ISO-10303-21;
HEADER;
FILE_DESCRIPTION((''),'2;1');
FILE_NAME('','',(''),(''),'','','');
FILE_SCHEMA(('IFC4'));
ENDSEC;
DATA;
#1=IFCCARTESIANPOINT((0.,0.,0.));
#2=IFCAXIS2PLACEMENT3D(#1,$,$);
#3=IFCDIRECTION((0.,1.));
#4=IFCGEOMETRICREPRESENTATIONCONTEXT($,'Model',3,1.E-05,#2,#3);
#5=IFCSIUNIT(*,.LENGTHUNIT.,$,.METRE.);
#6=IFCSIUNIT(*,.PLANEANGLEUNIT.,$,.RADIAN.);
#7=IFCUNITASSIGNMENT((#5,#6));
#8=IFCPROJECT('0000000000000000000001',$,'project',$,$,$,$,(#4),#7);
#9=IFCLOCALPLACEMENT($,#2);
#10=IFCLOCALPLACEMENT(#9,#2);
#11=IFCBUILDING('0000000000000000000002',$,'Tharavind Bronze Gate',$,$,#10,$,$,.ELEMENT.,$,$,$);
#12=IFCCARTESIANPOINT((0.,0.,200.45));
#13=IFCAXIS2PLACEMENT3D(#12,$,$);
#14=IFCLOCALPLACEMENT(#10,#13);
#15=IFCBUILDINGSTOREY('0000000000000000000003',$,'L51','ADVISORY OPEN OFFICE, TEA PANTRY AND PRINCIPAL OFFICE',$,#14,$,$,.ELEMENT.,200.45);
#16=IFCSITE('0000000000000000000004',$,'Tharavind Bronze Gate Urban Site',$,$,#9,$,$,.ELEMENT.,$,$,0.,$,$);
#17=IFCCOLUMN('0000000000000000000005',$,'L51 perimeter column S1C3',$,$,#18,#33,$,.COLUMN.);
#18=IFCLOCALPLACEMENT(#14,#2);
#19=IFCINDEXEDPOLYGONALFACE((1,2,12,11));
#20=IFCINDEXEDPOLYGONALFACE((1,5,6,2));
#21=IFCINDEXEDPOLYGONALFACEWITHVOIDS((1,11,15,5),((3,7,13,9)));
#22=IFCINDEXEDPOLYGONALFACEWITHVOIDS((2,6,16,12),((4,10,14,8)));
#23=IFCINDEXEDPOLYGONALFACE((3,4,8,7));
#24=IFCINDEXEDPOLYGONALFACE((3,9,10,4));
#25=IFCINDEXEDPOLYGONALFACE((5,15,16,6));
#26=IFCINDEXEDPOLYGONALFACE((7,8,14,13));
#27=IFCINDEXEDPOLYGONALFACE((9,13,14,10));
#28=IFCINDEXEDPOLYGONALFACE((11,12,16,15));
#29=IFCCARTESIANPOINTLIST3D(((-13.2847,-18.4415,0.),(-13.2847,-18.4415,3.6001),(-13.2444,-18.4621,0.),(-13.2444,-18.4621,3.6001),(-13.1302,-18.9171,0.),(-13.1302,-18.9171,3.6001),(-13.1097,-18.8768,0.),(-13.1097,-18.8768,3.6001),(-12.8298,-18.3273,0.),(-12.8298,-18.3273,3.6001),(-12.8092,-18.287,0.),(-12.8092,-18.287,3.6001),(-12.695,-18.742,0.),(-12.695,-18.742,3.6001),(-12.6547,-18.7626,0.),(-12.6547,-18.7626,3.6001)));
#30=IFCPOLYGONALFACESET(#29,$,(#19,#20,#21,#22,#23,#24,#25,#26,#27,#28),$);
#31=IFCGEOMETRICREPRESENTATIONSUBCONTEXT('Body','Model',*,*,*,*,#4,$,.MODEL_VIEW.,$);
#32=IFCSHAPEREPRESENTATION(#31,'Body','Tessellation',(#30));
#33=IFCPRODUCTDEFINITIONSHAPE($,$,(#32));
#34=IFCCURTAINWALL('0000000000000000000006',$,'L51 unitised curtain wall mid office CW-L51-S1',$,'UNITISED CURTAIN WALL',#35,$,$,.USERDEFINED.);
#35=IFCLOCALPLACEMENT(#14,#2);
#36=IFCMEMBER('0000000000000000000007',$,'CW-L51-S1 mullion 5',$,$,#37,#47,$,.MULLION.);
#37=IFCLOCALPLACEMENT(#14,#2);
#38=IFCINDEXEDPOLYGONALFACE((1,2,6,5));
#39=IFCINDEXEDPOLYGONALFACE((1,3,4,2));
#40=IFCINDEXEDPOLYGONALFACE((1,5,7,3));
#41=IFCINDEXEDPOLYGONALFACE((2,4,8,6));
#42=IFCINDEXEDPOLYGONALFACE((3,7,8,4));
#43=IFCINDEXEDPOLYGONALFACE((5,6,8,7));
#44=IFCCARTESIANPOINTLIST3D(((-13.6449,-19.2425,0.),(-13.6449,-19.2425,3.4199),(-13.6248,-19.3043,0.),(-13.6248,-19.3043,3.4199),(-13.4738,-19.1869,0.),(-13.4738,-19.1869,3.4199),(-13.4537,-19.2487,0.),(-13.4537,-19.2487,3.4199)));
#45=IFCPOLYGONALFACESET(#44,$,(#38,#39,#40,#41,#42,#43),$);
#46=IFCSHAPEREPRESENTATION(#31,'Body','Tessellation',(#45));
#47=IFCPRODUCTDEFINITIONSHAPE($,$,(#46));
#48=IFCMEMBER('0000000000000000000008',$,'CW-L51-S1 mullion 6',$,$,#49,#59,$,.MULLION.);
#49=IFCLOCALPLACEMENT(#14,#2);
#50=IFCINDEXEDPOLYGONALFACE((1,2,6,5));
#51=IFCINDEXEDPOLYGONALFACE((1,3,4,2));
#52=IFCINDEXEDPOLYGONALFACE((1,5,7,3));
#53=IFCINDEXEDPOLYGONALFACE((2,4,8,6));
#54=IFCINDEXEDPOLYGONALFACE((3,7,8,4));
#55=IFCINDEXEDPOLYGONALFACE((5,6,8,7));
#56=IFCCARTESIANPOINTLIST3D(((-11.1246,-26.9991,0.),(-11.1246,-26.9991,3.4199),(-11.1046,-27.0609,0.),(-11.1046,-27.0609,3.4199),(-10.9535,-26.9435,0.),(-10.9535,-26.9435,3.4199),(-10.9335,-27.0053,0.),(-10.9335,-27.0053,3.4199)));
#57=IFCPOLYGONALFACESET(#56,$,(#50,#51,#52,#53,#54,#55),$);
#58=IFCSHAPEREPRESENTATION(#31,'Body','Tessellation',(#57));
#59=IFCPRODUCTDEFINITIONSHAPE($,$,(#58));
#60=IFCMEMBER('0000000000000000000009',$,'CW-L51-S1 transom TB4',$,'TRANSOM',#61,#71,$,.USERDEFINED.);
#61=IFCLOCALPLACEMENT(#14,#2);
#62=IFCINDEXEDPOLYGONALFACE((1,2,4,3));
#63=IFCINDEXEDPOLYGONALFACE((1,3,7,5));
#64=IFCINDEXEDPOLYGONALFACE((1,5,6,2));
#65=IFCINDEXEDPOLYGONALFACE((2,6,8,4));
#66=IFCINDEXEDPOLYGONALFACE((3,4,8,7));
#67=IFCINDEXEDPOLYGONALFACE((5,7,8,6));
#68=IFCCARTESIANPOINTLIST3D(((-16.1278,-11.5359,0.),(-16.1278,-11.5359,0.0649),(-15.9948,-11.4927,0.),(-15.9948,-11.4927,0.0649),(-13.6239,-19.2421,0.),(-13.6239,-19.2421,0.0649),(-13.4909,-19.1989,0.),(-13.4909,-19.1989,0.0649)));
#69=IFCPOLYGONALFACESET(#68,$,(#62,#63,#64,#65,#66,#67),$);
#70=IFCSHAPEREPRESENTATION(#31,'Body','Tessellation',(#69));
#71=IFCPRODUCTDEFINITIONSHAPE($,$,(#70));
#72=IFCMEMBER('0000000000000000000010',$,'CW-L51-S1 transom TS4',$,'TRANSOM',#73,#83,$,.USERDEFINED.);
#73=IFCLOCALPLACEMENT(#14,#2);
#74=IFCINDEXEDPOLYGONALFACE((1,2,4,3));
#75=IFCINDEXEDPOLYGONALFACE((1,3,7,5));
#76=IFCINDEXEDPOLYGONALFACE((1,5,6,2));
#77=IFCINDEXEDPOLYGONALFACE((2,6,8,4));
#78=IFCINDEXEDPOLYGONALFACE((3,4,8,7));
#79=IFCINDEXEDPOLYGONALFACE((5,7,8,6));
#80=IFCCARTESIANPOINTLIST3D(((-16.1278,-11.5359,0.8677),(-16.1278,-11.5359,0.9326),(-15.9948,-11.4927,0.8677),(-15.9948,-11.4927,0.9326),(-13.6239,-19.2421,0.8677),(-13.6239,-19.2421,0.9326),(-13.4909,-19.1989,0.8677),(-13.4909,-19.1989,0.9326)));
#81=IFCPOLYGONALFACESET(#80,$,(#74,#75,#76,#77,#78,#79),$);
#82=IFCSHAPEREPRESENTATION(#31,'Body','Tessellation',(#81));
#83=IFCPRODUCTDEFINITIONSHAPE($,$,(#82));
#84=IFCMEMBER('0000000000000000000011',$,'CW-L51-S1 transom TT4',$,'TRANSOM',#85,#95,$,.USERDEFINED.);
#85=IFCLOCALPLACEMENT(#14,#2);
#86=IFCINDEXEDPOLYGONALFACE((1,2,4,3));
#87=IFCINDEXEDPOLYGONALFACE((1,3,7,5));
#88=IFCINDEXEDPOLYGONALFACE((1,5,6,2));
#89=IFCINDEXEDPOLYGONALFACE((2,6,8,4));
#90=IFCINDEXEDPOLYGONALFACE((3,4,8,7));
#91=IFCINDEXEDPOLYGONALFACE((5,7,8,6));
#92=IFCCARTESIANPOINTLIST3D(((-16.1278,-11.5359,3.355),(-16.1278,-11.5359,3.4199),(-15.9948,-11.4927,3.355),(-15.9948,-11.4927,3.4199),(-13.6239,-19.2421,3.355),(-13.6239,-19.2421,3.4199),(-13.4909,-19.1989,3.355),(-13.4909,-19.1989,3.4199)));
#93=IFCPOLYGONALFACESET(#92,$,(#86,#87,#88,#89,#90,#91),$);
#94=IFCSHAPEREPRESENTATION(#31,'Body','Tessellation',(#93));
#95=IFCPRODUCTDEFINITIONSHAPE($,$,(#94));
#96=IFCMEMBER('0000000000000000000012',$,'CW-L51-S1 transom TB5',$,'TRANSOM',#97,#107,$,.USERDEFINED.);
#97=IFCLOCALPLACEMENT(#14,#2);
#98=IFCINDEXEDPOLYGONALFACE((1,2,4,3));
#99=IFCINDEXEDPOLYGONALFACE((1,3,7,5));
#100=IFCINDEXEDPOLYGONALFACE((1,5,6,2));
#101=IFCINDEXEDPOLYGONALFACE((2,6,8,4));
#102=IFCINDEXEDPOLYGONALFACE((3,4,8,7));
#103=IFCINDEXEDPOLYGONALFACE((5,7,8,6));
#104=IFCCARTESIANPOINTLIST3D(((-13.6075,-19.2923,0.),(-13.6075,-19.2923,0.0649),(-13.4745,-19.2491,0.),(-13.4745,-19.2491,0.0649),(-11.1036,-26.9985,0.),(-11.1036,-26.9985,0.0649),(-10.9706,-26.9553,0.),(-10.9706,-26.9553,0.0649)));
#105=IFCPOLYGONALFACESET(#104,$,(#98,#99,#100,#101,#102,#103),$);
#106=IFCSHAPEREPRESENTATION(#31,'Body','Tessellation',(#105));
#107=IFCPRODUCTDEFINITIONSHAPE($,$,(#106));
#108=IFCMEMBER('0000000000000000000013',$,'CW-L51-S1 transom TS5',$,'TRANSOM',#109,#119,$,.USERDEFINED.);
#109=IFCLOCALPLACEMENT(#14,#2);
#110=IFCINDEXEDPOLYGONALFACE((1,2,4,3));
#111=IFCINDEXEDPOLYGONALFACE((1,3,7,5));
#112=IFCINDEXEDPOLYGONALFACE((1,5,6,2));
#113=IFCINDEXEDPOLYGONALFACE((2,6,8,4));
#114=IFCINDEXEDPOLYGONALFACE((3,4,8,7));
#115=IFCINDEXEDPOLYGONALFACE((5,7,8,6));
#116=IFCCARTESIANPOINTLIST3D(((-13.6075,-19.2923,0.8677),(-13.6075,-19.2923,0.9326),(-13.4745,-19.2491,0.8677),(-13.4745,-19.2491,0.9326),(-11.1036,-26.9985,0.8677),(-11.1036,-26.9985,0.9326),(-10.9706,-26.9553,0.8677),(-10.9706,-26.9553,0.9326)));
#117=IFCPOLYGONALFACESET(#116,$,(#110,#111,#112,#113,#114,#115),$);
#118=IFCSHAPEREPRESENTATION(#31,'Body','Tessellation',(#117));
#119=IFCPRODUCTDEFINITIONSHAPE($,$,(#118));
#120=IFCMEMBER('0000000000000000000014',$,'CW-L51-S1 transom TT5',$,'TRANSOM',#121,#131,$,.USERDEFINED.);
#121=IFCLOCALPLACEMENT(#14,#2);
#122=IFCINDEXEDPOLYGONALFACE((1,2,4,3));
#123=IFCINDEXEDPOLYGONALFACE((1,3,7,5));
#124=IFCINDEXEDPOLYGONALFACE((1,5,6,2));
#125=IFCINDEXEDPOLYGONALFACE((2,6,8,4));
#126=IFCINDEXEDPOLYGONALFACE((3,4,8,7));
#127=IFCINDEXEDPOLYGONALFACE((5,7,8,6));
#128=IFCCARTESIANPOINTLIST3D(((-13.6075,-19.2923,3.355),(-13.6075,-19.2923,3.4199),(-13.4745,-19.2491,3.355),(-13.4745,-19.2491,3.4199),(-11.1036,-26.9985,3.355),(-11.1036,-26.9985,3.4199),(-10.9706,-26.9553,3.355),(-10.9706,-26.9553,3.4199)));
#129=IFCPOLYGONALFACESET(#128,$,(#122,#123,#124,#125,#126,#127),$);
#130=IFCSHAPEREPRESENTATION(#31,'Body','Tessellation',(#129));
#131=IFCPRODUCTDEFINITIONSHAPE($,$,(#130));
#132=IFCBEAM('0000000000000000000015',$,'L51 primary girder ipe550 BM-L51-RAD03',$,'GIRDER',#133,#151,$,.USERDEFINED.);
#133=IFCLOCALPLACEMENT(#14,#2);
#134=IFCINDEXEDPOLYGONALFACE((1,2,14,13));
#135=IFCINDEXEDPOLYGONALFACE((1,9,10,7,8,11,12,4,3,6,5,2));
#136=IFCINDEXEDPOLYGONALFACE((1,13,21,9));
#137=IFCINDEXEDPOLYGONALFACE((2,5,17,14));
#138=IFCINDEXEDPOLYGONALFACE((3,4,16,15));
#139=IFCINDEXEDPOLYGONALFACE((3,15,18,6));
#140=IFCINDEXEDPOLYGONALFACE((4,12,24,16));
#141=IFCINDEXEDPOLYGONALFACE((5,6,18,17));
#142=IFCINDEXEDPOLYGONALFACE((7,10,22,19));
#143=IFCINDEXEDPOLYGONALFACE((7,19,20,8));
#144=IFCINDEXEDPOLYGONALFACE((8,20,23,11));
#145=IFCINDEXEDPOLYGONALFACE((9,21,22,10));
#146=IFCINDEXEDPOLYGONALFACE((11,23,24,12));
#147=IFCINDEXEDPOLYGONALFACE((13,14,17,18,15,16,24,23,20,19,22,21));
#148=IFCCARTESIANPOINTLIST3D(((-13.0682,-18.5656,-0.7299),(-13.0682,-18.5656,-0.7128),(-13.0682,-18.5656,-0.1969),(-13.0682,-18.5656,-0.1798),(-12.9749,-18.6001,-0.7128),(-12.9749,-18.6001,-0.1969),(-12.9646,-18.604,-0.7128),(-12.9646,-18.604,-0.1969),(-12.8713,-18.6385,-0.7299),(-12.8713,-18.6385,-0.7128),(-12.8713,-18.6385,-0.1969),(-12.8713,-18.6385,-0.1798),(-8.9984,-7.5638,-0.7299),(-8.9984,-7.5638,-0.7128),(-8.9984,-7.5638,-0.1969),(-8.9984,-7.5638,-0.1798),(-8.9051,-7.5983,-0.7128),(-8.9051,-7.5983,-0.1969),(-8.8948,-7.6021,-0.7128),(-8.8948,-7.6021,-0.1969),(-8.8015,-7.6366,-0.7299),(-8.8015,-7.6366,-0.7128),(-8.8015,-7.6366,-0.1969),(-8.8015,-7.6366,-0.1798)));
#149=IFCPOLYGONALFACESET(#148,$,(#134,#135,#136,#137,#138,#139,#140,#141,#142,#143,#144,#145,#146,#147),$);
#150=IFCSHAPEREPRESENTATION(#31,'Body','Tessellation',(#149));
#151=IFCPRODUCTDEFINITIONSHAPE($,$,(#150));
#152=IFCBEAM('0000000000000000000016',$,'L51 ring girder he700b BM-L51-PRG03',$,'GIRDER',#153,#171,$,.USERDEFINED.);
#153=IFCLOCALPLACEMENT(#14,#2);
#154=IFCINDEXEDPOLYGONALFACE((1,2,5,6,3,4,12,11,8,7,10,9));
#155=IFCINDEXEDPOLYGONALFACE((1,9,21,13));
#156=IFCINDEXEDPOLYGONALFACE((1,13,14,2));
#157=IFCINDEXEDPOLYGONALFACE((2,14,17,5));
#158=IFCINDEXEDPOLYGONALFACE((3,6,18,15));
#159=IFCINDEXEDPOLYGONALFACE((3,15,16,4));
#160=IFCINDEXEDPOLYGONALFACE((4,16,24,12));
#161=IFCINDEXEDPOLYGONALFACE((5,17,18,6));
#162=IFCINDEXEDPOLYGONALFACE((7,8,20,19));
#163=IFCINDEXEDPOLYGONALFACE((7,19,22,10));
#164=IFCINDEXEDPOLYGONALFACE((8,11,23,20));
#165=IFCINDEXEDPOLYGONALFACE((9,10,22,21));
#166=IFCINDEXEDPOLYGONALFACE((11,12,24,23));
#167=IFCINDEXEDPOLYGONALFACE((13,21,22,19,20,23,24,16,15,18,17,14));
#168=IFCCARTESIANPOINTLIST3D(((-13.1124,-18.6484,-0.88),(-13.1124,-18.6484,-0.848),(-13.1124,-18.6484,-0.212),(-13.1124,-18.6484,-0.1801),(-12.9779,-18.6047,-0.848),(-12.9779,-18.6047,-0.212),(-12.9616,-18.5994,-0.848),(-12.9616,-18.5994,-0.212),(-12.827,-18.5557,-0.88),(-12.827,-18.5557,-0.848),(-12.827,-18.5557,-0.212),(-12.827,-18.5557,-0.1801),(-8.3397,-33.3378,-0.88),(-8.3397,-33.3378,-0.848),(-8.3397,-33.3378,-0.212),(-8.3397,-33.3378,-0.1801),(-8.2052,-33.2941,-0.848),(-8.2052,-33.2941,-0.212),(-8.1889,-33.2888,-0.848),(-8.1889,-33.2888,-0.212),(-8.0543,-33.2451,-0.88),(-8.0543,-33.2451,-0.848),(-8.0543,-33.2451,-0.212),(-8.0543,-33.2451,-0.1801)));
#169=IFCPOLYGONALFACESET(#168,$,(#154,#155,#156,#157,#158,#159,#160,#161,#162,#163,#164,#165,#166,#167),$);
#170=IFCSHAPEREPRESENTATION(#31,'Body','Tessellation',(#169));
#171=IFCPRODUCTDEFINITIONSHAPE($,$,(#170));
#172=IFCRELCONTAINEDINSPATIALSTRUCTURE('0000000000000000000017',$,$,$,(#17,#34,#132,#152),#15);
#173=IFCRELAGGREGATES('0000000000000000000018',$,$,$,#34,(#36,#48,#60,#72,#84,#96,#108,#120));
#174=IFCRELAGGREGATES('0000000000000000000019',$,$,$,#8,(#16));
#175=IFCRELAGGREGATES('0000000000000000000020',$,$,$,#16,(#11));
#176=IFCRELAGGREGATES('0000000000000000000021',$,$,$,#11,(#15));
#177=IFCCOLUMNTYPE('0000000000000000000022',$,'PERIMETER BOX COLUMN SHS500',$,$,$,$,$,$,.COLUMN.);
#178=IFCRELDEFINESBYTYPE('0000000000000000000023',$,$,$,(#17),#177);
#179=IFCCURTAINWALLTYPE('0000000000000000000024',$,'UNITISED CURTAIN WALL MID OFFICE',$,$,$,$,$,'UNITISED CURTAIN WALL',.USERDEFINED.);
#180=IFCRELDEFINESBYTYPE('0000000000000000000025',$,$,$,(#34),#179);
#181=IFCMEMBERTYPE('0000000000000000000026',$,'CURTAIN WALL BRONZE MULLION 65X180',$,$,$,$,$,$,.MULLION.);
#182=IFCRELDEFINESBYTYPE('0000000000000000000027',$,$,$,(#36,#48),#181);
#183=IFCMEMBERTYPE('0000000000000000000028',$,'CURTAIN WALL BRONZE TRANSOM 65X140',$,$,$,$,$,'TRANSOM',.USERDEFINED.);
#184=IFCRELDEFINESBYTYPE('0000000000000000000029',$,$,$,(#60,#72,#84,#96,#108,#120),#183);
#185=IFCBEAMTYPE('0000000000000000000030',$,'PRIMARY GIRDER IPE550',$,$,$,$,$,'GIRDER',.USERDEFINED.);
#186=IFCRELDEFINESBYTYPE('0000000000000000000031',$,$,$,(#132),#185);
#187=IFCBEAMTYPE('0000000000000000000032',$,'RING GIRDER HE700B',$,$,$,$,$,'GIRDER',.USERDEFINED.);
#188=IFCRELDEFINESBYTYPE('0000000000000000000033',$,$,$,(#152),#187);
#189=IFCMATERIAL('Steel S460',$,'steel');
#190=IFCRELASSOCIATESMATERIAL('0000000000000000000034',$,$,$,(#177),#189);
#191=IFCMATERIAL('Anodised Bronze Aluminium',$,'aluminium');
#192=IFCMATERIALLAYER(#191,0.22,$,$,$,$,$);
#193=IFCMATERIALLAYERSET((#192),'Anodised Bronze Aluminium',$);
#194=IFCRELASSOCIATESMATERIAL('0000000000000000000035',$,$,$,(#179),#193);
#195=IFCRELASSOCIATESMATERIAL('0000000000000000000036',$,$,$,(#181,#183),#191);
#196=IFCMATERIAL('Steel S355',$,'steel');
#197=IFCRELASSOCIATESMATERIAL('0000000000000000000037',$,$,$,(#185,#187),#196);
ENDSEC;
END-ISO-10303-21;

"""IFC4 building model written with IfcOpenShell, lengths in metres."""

from ifc_helpers import new_model, si_unit, direction, frame, origin, origin_2d, place, context, subcontext, project, spatial, rectangle, hollow_rectangle, i_section, extrude, material, layer, layer_set, material_profile, profile_set, type_object, element, aggregate, save


model = new_model("IFC4")

# Units and contexts
model_context = context("Model", 3, precision=1e-05, world=origin(), true_north=direction((0.0, 1.0)))
body_context = subcontext(model_context, "Body", "Model", "MODEL_VIEW")
ifc_project = project(units=[si_unit("LENGTHUNIT", "METRE"), si_unit("PLANEANGLEUNIT", "RADIAN")], contexts=[model_context])

# Site, building, storey
site_placement = place(None, origin())
site = spatial("IfcSite", under=ifc_project, at=site_placement, Name="Tharavind Bronze Gate Urban Site", CompositionType="ELEMENT", RefElevation=0.0)
building_placement = place(site_placement, origin())
building = spatial("IfcBuilding", under=site, at=building_placement, Name="Tharavind Bronze Gate", CompositionType="ELEMENT")
storey_placement = place(building_placement, frame((0.0, 0.0, 200.45)))
storey = spatial("IfcBuildingStorey", under=building, at=storey_placement, Name="L51", Description="ADVISORY OPEN OFFICE, TEA PANTRY AND PRINCIPAL OFFICE", CompositionType="ELEMENT", Elevation=200.45)

# Column
ifc_material_1 = material(Name="Steel S460", Category="steel")
ifc_material_profile_1 = material_profile(ifc_material_1, hollow_rectangle(XDim=0.5, YDim=0.5, WallThickness=0.032, at=origin_2d()), Name="SHS500X32")
ifc_profile_set_1 = profile_set([ifc_material_profile_1], Name="Steel S460")
column_type = type_object("IfcColumnType", Name="PERIMETER BOX COLUMN SHS500", PredefinedType="COLUMN", material=ifc_profile_set_1)
column_placement = place(storey_placement, frame((-12.9697, -18.6021, 0.0), z_axis=(0.0, 0.0, 1.0), x_axis=(-0.309017, 0.951057, 0.0)))
element("IfcColumn", 1, at=column_placement, inside=storey, type_object=column_type, Name="L51 perimeter column S1C3", PredefinedType="COLUMN", context=body_context, shape_type="SweptSolid", body=[
    extrude(hollow_rectangle(XDim=0.5, YDim=0.5, WallThickness=0.032, at=origin_2d()), origin(), (0.0, 0.0, 1.0), 3.6001),
])

# Curtain wall, members
ifc_material_2 = material(Name="Anodised Bronze Aluminium", Category="aluminium")
ifc_layer_1 = layer(ifc_material_2, 0.22)
ifc_layer_set_1 = layer_set([ifc_layer_1], Name="Anodised Bronze Aluminium")
curtain_wall_type = type_object("IfcCurtainWallType", Name="UNITISED CURTAIN WALL MID OFFICE", ElementType="UNITISED CURTAIN WALL", PredefinedType="USERDEFINED", material=ifc_layer_set_1)
curtain_wall_placement = place(storey_placement, origin())
curtain_wall = element("IfcCurtainWall", 2, at=curtain_wall_placement, inside=storey, type_object=curtain_wall_type, Name="L51 unitised curtain wall mid office CW-L51-S1", ObjectType="UNITISED CURTAIN WALL", PredefinedType="USERDEFINED")
member_type_1 = type_object("IfcMemberType", Name="CURTAIN WALL BRONZE MULLION 65X180", PredefinedType="MULLION", material=ifc_material_2)
member_1_placement = place(storey_placement, frame((-13.5493, -19.2456, 0.0), z_axis=(0.0, 0.0, 1.0), x_axis=(0.309017, -0.951057, 0.0)))
member_1 = element("IfcMember", 3, at=member_1_placement, type_object=member_type_1, Name="CW-L51-S1 mullion 5", PredefinedType="MULLION", context=body_context, shape_type="SweptSolid", body=[
    extrude(rectangle(XDim=0.0649, YDim=0.1799, at=origin_2d()), origin(), (0.0, 0.0, 1.0), 3.4199),
])
member_2_placement = place(storey_placement, frame((-11.0291, -27.0022, 0.0), z_axis=(0.0, 0.0, 1.0), x_axis=(0.309017, -0.951057, 0.0)))
member_2 = element("IfcMember", 4, at=member_2_placement, type_object=member_type_1, Name="CW-L51-S1 mullion 6", PredefinedType="MULLION", context=body_context, shape_type="SweptSolid", body=[
    extrude(rectangle(XDim=0.0649, YDim=0.1799, at=origin_2d()), origin(), (0.0, 0.0, 1.0), 3.4199),
])
member_type_2 = type_object("IfcMemberType", Name="CURTAIN WALL BRONZE TRANSOM 65X140", ElementType="TRANSOM", PredefinedType="USERDEFINED", material=ifc_material_2)
member_3_placement = place(storey_placement, frame((-14.8093, -15.3674, 0.0), z_axis=(0.0, 0.0, 1.0), x_axis=(0.309017, -0.951057, 0.0)))
member_3 = element("IfcMember", 5, at=member_3_placement, type_object=member_type_2, Name="CW-L51-S1 transom TB4", ObjectType="TRANSOM", PredefinedType="USERDEFINED", context=body_context, shape_type="SweptSolid", body=[
    extrude(rectangle(XDim=8.1028, YDim=0.1399, at=origin_2d()), origin(), (0.0, 0.0, 1.0), 0.0649),
])
member_4_placement = place(storey_placement, frame((-14.8093, -15.3674, 0.8677), z_axis=(0.0, 0.0, 1.0), x_axis=(0.309017, -0.951057, 0.0)))
member_4 = element("IfcMember", 6, at=member_4_placement, type_object=member_type_2, Name="CW-L51-S1 transom TS4", ObjectType="TRANSOM", PredefinedType="USERDEFINED", context=body_context, shape_type="SweptSolid", body=[
    extrude(rectangle(XDim=8.1028, YDim=0.1399, at=origin_2d()), origin(), (0.0, 0.0, 1.0), 0.0649),
])
member_5_placement = place(storey_placement, frame((-14.8093, -15.3674, 3.355), z_axis=(0.0, 0.0, 1.0), x_axis=(0.309017, -0.951057, 0.0)))
member_5 = element("IfcMember", 7, at=member_5_placement, type_object=member_type_2, Name="CW-L51-S1 transom TT4", ObjectType="TRANSOM", PredefinedType="USERDEFINED", context=body_context, shape_type="SweptSolid", body=[
    extrude(rectangle(XDim=8.1028, YDim=0.1399, at=origin_2d()), origin(), (0.0, 0.0, 1.0), 0.0649),
])
member_6_placement = place(storey_placement, frame((-12.2891, -23.1238, 0.0), z_axis=(0.0, 0.0, 1.0), x_axis=(0.309017, -0.951057, 0.0)))
member_6 = element("IfcMember", 8, at=member_6_placement, type_object=member_type_2, Name="CW-L51-S1 transom TB5", ObjectType="TRANSOM", PredefinedType="USERDEFINED", context=body_context, shape_type="SweptSolid", body=[
    extrude(rectangle(XDim=8.1028, YDim=0.1399, at=origin_2d()), origin(), (0.0, 0.0, 1.0), 0.0649),
])
member_7_placement = place(storey_placement, frame((-12.2891, -23.1238, 0.8677), z_axis=(0.0, 0.0, 1.0), x_axis=(0.309017, -0.951057, 0.0)))
member_7 = element("IfcMember", 9, at=member_7_placement, type_object=member_type_2, Name="CW-L51-S1 transom TS5", ObjectType="TRANSOM", PredefinedType="USERDEFINED", context=body_context, shape_type="SweptSolid", body=[
    extrude(rectangle(XDim=8.1028, YDim=0.1399, at=origin_2d()), origin(), (0.0, 0.0, 1.0), 0.0649),
])
member_8_placement = place(storey_placement, frame((-12.2891, -23.1238, 3.355), z_axis=(0.0, 0.0, 1.0), x_axis=(0.309017, -0.951057, 0.0)))
member_8 = element("IfcMember", 10, at=member_8_placement, type_object=member_type_2, Name="CW-L51-S1 transom TT5", ObjectType="TRANSOM", PredefinedType="USERDEFINED", context=body_context, shape_type="SweptSolid", body=[
    extrude(rectangle(XDim=8.1028, YDim=0.1399, at=origin_2d()), origin(), (0.0, 0.0, 1.0), 0.0649),
])

# Beams
ifc_material_3 = material(Name="Steel S355", Category="steel")
ifc_material_profile_2 = material_profile(ifc_material_3, i_section(OverallWidth=0.21, OverallDepth=0.55, WebThickness=0.011, FlangeThickness=0.0171, at=origin_2d()), Name="IPE550")
ifc_profile_set_2 = profile_set([ifc_material_profile_2], Name="Steel S355")
beam_type_1 = type_object("IfcBeamType", Name="PRIMARY GIRDER IPE550", ElementType="GIRDER", PredefinedType="USERDEFINED", material=ifc_profile_set_2)
beam_1_placement = place(storey_placement, frame((-12.9697, -18.6021, -0.4548), z_axis=(0.346942, 0.937887, 0.0), x_axis=(-0.937887, 0.346942, 0.0)))
element("IfcBeam", 11, at=beam_1_placement, inside=storey, type_object=beam_type_1, Name="L51 primary girder ipe550 BM-L51-RAD03", ObjectType="GIRDER", PredefinedType="USERDEFINED", context=body_context, shape_type="SweptSolid", body=[
    extrude(i_section(OverallWidth=0.21, OverallDepth=0.55, WebThickness=0.011, FlangeThickness=0.0171, at=origin_2d()), origin(), (0.0, 0.0, 1.0), 11.7305),
])
ifc_material_profile_3 = material_profile(ifc_material_3, i_section(OverallWidth=0.3, OverallDepth=0.7, WebThickness=0.0171, FlangeThickness=0.032, at=origin_2d()), Name="HE700B")
ifc_profile_set_3 = profile_set([ifc_material_profile_3], Name="Steel S355")
beam_type_2 = type_object("IfcBeamType", Name="RING GIRDER HE700B", ElementType="GIRDER", PredefinedType="USERDEFINED", material=ifc_profile_set_3)
beam_2_placement = place(storey_placement, frame((-12.9697, -18.6021, -0.53), z_axis=(0.309006, -0.95106, 0.0), x_axis=(0.95106, 0.309006, 0.0)))
element("IfcBeam", 12, at=beam_2_placement, inside=storey, type_object=beam_type_2, Name="L51 ring girder he700b BM-L51-PRG03", ObjectType="GIRDER", PredefinedType="USERDEFINED", context=body_context, shape_type="SweptSolid", body=[
    extrude(i_section(OverallWidth=0.3, OverallDepth=0.7, WebThickness=0.0171, FlangeThickness=0.032, at=origin_2d()), origin(), (0.0, 0.0, 1.0), 15.4453),
])

aggregate(curtain_wall, [member_1, member_2, member_3, member_4, member_5, member_6, member_7, member_8])

save(model, "model.ifc")
